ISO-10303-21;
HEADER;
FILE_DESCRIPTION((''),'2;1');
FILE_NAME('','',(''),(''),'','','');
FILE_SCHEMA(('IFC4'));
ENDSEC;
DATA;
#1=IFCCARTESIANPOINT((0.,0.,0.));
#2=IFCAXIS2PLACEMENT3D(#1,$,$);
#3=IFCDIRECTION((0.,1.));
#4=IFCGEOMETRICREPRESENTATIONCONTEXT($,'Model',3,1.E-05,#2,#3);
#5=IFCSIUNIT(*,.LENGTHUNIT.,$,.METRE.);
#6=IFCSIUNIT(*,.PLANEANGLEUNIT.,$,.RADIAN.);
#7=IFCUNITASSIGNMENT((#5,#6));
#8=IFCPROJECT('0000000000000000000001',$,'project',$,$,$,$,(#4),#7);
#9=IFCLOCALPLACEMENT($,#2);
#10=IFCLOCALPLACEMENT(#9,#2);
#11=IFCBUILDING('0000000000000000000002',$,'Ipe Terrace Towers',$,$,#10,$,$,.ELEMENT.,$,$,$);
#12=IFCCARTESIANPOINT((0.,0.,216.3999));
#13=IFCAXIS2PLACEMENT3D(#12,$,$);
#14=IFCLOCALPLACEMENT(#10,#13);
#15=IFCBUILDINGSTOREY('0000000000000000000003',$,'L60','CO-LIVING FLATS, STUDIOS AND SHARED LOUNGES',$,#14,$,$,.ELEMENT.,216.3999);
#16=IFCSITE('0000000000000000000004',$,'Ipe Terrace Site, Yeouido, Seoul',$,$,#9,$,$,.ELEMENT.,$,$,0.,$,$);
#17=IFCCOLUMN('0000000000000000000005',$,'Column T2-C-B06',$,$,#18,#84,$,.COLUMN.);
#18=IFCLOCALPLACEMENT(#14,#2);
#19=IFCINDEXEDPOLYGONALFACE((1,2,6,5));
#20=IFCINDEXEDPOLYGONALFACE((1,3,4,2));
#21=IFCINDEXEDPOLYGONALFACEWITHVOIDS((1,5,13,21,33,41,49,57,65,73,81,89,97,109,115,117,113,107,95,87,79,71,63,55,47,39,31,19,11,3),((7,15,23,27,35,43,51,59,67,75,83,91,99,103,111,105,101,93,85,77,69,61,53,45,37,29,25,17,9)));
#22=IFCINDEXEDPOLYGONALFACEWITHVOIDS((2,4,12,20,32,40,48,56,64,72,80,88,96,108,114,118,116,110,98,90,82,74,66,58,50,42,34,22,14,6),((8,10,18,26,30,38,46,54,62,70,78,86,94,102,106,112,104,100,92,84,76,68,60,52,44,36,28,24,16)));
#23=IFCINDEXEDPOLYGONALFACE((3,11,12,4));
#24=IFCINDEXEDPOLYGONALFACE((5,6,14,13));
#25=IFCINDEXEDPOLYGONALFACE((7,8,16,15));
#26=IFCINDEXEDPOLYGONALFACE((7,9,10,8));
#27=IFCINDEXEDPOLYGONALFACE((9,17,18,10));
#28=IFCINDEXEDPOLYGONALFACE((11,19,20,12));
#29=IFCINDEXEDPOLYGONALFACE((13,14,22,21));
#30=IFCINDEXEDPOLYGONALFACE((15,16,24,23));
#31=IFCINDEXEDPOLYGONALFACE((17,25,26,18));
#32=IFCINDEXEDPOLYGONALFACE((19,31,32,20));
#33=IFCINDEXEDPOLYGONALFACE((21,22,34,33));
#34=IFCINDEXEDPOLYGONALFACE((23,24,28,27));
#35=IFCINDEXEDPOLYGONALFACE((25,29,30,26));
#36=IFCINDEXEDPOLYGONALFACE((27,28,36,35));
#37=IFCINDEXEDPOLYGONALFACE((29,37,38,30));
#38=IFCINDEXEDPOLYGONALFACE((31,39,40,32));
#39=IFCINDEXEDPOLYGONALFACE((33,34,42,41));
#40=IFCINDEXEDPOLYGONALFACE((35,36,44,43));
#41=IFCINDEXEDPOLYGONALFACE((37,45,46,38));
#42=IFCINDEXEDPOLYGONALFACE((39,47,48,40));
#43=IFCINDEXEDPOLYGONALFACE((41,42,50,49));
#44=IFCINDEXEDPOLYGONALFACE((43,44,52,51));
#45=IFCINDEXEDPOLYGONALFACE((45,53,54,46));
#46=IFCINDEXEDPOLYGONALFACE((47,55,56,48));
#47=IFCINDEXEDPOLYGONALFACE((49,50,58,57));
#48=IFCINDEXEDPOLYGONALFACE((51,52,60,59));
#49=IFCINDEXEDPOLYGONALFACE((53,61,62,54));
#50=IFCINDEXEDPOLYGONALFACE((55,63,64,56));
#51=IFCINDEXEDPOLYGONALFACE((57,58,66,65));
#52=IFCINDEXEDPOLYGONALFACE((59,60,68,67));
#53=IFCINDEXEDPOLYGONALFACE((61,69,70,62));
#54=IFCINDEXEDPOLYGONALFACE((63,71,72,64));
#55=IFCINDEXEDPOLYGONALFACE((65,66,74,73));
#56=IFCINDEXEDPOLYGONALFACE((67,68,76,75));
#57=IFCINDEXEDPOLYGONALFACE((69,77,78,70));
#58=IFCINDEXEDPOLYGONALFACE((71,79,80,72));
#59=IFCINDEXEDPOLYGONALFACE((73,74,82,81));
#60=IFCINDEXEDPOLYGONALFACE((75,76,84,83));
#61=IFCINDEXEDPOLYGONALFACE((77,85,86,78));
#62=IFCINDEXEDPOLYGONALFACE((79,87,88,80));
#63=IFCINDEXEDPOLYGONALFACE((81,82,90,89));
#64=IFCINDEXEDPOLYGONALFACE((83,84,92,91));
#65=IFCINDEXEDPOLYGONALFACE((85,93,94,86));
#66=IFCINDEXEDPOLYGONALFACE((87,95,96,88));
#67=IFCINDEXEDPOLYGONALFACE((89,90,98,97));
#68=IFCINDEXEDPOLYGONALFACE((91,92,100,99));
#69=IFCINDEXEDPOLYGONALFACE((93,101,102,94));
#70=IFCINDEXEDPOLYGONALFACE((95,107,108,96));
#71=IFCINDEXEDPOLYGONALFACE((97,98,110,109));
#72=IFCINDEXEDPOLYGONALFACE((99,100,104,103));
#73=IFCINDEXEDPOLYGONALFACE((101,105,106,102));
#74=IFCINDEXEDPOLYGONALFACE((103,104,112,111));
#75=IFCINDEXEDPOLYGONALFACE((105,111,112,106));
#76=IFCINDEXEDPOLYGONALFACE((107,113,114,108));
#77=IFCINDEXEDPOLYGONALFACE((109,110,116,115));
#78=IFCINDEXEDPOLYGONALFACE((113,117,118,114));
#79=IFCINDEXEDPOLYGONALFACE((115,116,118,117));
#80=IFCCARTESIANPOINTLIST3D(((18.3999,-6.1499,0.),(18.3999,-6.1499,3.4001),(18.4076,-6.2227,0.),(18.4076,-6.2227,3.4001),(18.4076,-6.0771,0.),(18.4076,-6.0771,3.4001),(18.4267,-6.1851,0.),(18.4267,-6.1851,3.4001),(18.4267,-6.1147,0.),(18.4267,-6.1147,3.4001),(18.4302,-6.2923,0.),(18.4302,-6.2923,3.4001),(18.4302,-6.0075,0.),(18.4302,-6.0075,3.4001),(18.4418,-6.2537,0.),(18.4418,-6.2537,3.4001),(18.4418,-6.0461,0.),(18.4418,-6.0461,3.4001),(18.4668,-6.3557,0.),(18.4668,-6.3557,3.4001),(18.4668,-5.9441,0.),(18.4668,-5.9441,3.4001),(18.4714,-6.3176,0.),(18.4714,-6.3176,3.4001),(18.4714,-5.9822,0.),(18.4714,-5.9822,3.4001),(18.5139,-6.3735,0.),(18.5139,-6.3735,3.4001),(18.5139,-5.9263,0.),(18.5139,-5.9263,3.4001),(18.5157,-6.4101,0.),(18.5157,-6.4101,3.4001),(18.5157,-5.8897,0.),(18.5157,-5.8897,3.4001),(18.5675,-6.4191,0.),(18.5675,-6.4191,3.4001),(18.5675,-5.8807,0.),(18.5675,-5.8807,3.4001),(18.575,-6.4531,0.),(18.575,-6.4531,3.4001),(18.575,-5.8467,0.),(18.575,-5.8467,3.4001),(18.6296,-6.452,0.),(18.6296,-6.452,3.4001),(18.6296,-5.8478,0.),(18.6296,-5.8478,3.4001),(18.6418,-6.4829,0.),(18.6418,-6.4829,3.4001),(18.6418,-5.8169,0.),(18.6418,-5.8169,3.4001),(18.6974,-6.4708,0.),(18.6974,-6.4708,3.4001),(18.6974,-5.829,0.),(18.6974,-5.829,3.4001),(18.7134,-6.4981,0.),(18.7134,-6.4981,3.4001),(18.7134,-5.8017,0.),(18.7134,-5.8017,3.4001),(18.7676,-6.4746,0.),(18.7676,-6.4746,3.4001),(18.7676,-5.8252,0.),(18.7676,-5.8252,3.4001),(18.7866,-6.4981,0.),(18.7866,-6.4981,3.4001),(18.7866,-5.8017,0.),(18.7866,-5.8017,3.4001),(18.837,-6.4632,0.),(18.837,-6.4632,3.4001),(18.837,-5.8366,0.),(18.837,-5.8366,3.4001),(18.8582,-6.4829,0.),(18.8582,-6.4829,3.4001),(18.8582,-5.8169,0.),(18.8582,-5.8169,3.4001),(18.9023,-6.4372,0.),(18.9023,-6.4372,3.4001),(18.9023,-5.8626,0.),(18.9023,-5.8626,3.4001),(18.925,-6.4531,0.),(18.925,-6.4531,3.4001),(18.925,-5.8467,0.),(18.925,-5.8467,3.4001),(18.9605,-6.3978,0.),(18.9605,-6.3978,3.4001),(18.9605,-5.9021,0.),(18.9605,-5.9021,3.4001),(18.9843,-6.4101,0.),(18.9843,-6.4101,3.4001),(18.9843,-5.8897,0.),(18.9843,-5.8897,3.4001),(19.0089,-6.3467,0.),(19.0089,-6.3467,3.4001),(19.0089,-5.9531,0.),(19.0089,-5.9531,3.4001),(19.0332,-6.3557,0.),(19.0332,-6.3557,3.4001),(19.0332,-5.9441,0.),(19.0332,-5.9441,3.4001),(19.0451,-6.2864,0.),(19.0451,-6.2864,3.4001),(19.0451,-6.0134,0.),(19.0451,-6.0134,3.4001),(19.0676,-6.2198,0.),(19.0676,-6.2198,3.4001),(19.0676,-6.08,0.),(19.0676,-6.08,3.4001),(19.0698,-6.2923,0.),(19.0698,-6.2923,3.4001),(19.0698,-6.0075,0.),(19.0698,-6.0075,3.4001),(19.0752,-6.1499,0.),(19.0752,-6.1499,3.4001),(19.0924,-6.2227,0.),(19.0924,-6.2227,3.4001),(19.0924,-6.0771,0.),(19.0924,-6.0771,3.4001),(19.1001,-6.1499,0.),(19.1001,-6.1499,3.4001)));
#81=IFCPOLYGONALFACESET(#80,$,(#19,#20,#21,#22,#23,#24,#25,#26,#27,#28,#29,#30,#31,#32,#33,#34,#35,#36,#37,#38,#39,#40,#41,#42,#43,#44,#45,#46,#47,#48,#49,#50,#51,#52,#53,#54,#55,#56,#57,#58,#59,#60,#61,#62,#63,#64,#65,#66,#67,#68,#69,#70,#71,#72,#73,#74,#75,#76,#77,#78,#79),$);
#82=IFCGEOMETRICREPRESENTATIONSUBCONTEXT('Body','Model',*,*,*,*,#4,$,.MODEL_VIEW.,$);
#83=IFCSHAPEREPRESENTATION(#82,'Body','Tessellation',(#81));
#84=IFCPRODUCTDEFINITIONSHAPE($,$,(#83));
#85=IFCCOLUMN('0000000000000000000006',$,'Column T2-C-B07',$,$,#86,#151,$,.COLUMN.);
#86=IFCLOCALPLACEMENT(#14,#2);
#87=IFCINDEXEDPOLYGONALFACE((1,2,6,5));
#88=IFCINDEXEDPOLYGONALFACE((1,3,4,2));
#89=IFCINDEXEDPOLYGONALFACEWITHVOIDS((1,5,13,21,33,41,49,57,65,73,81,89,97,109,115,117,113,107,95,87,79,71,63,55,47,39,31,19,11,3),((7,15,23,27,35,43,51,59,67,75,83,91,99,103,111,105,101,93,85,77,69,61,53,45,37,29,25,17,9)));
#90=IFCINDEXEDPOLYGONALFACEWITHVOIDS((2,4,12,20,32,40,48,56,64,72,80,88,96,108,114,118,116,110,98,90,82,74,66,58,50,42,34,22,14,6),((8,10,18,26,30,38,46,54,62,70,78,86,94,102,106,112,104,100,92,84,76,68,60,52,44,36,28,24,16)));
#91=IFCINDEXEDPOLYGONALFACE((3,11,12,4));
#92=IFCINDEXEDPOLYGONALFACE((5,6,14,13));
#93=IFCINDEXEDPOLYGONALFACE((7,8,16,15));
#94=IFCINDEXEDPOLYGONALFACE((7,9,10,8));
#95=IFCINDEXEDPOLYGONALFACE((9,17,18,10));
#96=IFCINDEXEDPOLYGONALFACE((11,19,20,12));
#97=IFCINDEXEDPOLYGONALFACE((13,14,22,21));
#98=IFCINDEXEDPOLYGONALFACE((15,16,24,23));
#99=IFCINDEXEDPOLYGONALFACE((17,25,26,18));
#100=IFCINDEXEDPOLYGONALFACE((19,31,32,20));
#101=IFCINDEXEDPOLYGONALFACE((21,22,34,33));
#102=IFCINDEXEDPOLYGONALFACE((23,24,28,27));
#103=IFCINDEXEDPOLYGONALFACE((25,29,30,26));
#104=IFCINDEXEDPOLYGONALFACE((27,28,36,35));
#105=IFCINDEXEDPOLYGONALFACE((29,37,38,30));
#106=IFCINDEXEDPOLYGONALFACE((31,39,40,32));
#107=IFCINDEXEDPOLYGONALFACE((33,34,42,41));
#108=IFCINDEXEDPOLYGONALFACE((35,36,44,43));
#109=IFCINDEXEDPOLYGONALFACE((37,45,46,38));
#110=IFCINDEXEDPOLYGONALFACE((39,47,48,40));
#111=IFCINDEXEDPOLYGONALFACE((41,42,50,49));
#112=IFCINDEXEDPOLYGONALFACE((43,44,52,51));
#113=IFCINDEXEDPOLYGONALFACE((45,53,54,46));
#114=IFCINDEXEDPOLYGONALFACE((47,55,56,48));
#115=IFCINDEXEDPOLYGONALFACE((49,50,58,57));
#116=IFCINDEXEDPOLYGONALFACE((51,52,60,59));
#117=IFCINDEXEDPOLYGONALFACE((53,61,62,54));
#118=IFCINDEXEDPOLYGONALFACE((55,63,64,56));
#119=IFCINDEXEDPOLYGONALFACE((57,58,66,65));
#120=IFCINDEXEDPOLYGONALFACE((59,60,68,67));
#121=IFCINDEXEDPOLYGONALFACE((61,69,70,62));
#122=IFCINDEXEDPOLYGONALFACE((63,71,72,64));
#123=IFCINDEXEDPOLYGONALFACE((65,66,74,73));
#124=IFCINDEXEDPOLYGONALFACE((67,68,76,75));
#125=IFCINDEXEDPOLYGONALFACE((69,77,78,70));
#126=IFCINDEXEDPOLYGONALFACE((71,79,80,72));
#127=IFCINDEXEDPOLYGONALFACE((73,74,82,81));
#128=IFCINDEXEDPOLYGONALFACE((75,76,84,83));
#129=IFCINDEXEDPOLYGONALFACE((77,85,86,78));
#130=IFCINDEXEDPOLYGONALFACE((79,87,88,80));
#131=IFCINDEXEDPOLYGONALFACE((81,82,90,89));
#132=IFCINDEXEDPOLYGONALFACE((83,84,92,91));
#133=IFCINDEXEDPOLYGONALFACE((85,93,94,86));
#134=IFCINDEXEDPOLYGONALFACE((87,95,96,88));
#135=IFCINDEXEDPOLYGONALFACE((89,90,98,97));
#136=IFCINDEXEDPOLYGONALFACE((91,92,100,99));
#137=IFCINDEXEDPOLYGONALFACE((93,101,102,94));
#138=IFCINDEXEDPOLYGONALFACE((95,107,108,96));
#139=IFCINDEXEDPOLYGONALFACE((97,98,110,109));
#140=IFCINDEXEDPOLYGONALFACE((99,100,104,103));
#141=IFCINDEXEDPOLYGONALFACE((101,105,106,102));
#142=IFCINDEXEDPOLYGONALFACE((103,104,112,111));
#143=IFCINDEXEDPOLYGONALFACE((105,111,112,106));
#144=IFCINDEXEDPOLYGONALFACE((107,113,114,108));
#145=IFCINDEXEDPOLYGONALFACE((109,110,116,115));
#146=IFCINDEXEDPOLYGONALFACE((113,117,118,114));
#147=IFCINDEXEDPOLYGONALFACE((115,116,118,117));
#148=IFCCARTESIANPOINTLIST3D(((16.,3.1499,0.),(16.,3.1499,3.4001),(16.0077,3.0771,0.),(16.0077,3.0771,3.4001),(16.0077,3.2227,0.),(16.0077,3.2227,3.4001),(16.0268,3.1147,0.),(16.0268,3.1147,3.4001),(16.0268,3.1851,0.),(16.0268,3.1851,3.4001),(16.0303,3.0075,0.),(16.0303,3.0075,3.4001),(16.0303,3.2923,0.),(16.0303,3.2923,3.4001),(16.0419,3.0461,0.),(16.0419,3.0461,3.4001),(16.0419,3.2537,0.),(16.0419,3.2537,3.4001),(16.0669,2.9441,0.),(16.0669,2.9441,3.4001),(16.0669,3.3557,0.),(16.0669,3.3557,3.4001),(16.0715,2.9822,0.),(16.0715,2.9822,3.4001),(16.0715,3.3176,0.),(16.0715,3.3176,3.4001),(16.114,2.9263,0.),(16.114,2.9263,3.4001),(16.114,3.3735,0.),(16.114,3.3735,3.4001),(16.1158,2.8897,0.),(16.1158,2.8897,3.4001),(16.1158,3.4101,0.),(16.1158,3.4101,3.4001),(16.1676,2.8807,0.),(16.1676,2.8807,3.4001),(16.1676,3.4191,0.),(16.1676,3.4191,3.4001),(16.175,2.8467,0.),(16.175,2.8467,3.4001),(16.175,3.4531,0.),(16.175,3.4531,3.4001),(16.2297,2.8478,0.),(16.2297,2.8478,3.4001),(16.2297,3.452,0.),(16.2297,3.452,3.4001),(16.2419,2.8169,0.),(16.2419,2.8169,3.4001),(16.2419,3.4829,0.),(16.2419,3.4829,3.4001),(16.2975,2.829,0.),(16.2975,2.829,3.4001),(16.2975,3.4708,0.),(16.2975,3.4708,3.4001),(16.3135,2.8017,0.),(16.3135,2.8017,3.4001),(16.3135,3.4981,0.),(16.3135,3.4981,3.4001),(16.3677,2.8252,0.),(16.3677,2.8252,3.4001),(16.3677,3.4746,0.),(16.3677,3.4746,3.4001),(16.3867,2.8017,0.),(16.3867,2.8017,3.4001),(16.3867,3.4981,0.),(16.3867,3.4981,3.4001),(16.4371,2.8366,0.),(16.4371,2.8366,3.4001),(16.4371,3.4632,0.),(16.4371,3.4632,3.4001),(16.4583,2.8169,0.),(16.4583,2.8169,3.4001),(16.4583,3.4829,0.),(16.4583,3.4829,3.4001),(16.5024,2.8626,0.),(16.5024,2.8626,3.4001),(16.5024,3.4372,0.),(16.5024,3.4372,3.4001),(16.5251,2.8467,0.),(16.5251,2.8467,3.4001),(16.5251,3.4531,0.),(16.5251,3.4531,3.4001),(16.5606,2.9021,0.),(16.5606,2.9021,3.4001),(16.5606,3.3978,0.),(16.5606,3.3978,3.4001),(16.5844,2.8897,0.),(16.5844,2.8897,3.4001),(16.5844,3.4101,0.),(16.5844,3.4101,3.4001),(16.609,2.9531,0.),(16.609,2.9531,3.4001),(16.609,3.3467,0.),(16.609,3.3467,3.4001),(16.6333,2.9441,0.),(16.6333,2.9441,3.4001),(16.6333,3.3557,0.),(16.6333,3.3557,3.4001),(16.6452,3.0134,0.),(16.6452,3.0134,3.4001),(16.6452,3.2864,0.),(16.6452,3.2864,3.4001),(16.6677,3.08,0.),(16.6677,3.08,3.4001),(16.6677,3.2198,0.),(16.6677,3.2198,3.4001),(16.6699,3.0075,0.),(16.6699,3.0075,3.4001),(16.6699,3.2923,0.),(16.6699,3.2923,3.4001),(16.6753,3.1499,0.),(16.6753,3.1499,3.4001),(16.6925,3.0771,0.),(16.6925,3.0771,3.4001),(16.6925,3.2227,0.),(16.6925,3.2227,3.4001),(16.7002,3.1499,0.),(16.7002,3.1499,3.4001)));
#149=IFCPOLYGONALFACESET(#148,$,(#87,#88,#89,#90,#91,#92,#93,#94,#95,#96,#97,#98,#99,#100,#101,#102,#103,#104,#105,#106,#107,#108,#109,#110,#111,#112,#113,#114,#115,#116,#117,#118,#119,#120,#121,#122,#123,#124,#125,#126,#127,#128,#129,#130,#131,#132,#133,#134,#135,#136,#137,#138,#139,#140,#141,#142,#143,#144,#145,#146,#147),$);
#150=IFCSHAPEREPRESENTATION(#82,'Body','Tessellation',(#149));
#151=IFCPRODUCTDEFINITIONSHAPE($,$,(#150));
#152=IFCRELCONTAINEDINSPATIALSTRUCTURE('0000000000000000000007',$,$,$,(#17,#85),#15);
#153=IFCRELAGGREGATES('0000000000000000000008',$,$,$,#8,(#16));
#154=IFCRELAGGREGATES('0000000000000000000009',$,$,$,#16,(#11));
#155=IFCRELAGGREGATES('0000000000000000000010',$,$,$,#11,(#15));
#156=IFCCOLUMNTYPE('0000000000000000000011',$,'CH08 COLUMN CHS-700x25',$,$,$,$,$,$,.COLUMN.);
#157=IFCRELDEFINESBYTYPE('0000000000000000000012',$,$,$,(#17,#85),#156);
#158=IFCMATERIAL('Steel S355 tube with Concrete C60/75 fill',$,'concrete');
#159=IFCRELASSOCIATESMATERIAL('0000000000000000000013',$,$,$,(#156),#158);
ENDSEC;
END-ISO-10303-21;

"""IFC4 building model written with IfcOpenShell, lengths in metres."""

from ifc_helpers import new_model, si_unit, direction, frame, origin, origin_2d, place, context, subcontext, project, spatial, hollow_circle, extrude, material, material_profile, profile_set, type_object, element, save


model = new_model("IFC4")

# Units and contexts
model_context = context("Model", 3, precision=1e-05, world=origin(), true_north=direction((0.0, 1.0)))
body_context = subcontext(model_context, "Body", "Model", "MODEL_VIEW")
ifc_project = project(units=[si_unit("LENGTHUNIT", "METRE"), si_unit("PLANEANGLEUNIT", "RADIAN")], contexts=[model_context])

# Site, building, storey
site_placement = place(None, origin())
site = spatial("IfcSite", under=ifc_project, at=site_placement, Name="Ipe Terrace Site, Yeouido, Seoul", CompositionType="ELEMENT", RefElevation=0.0)
building_placement = place(site_placement, origin())
building = spatial("IfcBuilding", under=site, at=building_placement, Name="Ipe Terrace Towers", CompositionType="ELEMENT")
storey_placement = place(building_placement, frame((0.0, 0.0, 216.3999)))
storey = spatial("IfcBuildingStorey", under=building, at=storey_placement, Name="L60", Description="CO-LIVING FLATS, STUDIOS AND SHARED LOUNGES", CompositionType="ELEMENT", Elevation=216.3999)

# Columns
ifc_material_1 = material(Name="Steel S355 tube with Concrete C60/75 fill", Category="concrete")
ifc_material_profile_1 = material_profile(ifc_material_1, hollow_circle(Radius=0.3501, WallThickness=0.0249, at=origin_2d()), Name="CHS-700x25")
ifc_profile_set_1 = profile_set([ifc_material_profile_1], Name="Steel S355 tube with Concrete C60/75 fill")
column_type = type_object("IfcColumnType", Name="CH08 COLUMN CHS-700x25", PredefinedType="COLUMN", material=ifc_profile_set_1)
for number, where, z_axis, x_axis, name in (
    (1, (18.75, -6.1499, 0.0), (0.0, 0.0, 1.0), (1.0, 0.0, 0.0), "Column T2-C-B06"),
    (2, (16.3501, 3.1499, 0.0), (0.0, 0.0, 1.0), (1.0, 0.0, 0.0), "Column T2-C-B07"),
):
    element("IfcColumn", number, at=place(storey_placement, frame(where, z_axis=z_axis, x_axis=x_axis)), inside=storey, type_object=column_type, Name=name, PredefinedType="COLUMN", context=body_context, shape_type="SweptSolid", body=[
        extrude(hollow_circle(Radius=0.3501, WallThickness=0.0249, at=origin_2d()), origin(), (0.0, 0.0, 1.0), 3.4001),
    ])

save(model, "model.ifc")
